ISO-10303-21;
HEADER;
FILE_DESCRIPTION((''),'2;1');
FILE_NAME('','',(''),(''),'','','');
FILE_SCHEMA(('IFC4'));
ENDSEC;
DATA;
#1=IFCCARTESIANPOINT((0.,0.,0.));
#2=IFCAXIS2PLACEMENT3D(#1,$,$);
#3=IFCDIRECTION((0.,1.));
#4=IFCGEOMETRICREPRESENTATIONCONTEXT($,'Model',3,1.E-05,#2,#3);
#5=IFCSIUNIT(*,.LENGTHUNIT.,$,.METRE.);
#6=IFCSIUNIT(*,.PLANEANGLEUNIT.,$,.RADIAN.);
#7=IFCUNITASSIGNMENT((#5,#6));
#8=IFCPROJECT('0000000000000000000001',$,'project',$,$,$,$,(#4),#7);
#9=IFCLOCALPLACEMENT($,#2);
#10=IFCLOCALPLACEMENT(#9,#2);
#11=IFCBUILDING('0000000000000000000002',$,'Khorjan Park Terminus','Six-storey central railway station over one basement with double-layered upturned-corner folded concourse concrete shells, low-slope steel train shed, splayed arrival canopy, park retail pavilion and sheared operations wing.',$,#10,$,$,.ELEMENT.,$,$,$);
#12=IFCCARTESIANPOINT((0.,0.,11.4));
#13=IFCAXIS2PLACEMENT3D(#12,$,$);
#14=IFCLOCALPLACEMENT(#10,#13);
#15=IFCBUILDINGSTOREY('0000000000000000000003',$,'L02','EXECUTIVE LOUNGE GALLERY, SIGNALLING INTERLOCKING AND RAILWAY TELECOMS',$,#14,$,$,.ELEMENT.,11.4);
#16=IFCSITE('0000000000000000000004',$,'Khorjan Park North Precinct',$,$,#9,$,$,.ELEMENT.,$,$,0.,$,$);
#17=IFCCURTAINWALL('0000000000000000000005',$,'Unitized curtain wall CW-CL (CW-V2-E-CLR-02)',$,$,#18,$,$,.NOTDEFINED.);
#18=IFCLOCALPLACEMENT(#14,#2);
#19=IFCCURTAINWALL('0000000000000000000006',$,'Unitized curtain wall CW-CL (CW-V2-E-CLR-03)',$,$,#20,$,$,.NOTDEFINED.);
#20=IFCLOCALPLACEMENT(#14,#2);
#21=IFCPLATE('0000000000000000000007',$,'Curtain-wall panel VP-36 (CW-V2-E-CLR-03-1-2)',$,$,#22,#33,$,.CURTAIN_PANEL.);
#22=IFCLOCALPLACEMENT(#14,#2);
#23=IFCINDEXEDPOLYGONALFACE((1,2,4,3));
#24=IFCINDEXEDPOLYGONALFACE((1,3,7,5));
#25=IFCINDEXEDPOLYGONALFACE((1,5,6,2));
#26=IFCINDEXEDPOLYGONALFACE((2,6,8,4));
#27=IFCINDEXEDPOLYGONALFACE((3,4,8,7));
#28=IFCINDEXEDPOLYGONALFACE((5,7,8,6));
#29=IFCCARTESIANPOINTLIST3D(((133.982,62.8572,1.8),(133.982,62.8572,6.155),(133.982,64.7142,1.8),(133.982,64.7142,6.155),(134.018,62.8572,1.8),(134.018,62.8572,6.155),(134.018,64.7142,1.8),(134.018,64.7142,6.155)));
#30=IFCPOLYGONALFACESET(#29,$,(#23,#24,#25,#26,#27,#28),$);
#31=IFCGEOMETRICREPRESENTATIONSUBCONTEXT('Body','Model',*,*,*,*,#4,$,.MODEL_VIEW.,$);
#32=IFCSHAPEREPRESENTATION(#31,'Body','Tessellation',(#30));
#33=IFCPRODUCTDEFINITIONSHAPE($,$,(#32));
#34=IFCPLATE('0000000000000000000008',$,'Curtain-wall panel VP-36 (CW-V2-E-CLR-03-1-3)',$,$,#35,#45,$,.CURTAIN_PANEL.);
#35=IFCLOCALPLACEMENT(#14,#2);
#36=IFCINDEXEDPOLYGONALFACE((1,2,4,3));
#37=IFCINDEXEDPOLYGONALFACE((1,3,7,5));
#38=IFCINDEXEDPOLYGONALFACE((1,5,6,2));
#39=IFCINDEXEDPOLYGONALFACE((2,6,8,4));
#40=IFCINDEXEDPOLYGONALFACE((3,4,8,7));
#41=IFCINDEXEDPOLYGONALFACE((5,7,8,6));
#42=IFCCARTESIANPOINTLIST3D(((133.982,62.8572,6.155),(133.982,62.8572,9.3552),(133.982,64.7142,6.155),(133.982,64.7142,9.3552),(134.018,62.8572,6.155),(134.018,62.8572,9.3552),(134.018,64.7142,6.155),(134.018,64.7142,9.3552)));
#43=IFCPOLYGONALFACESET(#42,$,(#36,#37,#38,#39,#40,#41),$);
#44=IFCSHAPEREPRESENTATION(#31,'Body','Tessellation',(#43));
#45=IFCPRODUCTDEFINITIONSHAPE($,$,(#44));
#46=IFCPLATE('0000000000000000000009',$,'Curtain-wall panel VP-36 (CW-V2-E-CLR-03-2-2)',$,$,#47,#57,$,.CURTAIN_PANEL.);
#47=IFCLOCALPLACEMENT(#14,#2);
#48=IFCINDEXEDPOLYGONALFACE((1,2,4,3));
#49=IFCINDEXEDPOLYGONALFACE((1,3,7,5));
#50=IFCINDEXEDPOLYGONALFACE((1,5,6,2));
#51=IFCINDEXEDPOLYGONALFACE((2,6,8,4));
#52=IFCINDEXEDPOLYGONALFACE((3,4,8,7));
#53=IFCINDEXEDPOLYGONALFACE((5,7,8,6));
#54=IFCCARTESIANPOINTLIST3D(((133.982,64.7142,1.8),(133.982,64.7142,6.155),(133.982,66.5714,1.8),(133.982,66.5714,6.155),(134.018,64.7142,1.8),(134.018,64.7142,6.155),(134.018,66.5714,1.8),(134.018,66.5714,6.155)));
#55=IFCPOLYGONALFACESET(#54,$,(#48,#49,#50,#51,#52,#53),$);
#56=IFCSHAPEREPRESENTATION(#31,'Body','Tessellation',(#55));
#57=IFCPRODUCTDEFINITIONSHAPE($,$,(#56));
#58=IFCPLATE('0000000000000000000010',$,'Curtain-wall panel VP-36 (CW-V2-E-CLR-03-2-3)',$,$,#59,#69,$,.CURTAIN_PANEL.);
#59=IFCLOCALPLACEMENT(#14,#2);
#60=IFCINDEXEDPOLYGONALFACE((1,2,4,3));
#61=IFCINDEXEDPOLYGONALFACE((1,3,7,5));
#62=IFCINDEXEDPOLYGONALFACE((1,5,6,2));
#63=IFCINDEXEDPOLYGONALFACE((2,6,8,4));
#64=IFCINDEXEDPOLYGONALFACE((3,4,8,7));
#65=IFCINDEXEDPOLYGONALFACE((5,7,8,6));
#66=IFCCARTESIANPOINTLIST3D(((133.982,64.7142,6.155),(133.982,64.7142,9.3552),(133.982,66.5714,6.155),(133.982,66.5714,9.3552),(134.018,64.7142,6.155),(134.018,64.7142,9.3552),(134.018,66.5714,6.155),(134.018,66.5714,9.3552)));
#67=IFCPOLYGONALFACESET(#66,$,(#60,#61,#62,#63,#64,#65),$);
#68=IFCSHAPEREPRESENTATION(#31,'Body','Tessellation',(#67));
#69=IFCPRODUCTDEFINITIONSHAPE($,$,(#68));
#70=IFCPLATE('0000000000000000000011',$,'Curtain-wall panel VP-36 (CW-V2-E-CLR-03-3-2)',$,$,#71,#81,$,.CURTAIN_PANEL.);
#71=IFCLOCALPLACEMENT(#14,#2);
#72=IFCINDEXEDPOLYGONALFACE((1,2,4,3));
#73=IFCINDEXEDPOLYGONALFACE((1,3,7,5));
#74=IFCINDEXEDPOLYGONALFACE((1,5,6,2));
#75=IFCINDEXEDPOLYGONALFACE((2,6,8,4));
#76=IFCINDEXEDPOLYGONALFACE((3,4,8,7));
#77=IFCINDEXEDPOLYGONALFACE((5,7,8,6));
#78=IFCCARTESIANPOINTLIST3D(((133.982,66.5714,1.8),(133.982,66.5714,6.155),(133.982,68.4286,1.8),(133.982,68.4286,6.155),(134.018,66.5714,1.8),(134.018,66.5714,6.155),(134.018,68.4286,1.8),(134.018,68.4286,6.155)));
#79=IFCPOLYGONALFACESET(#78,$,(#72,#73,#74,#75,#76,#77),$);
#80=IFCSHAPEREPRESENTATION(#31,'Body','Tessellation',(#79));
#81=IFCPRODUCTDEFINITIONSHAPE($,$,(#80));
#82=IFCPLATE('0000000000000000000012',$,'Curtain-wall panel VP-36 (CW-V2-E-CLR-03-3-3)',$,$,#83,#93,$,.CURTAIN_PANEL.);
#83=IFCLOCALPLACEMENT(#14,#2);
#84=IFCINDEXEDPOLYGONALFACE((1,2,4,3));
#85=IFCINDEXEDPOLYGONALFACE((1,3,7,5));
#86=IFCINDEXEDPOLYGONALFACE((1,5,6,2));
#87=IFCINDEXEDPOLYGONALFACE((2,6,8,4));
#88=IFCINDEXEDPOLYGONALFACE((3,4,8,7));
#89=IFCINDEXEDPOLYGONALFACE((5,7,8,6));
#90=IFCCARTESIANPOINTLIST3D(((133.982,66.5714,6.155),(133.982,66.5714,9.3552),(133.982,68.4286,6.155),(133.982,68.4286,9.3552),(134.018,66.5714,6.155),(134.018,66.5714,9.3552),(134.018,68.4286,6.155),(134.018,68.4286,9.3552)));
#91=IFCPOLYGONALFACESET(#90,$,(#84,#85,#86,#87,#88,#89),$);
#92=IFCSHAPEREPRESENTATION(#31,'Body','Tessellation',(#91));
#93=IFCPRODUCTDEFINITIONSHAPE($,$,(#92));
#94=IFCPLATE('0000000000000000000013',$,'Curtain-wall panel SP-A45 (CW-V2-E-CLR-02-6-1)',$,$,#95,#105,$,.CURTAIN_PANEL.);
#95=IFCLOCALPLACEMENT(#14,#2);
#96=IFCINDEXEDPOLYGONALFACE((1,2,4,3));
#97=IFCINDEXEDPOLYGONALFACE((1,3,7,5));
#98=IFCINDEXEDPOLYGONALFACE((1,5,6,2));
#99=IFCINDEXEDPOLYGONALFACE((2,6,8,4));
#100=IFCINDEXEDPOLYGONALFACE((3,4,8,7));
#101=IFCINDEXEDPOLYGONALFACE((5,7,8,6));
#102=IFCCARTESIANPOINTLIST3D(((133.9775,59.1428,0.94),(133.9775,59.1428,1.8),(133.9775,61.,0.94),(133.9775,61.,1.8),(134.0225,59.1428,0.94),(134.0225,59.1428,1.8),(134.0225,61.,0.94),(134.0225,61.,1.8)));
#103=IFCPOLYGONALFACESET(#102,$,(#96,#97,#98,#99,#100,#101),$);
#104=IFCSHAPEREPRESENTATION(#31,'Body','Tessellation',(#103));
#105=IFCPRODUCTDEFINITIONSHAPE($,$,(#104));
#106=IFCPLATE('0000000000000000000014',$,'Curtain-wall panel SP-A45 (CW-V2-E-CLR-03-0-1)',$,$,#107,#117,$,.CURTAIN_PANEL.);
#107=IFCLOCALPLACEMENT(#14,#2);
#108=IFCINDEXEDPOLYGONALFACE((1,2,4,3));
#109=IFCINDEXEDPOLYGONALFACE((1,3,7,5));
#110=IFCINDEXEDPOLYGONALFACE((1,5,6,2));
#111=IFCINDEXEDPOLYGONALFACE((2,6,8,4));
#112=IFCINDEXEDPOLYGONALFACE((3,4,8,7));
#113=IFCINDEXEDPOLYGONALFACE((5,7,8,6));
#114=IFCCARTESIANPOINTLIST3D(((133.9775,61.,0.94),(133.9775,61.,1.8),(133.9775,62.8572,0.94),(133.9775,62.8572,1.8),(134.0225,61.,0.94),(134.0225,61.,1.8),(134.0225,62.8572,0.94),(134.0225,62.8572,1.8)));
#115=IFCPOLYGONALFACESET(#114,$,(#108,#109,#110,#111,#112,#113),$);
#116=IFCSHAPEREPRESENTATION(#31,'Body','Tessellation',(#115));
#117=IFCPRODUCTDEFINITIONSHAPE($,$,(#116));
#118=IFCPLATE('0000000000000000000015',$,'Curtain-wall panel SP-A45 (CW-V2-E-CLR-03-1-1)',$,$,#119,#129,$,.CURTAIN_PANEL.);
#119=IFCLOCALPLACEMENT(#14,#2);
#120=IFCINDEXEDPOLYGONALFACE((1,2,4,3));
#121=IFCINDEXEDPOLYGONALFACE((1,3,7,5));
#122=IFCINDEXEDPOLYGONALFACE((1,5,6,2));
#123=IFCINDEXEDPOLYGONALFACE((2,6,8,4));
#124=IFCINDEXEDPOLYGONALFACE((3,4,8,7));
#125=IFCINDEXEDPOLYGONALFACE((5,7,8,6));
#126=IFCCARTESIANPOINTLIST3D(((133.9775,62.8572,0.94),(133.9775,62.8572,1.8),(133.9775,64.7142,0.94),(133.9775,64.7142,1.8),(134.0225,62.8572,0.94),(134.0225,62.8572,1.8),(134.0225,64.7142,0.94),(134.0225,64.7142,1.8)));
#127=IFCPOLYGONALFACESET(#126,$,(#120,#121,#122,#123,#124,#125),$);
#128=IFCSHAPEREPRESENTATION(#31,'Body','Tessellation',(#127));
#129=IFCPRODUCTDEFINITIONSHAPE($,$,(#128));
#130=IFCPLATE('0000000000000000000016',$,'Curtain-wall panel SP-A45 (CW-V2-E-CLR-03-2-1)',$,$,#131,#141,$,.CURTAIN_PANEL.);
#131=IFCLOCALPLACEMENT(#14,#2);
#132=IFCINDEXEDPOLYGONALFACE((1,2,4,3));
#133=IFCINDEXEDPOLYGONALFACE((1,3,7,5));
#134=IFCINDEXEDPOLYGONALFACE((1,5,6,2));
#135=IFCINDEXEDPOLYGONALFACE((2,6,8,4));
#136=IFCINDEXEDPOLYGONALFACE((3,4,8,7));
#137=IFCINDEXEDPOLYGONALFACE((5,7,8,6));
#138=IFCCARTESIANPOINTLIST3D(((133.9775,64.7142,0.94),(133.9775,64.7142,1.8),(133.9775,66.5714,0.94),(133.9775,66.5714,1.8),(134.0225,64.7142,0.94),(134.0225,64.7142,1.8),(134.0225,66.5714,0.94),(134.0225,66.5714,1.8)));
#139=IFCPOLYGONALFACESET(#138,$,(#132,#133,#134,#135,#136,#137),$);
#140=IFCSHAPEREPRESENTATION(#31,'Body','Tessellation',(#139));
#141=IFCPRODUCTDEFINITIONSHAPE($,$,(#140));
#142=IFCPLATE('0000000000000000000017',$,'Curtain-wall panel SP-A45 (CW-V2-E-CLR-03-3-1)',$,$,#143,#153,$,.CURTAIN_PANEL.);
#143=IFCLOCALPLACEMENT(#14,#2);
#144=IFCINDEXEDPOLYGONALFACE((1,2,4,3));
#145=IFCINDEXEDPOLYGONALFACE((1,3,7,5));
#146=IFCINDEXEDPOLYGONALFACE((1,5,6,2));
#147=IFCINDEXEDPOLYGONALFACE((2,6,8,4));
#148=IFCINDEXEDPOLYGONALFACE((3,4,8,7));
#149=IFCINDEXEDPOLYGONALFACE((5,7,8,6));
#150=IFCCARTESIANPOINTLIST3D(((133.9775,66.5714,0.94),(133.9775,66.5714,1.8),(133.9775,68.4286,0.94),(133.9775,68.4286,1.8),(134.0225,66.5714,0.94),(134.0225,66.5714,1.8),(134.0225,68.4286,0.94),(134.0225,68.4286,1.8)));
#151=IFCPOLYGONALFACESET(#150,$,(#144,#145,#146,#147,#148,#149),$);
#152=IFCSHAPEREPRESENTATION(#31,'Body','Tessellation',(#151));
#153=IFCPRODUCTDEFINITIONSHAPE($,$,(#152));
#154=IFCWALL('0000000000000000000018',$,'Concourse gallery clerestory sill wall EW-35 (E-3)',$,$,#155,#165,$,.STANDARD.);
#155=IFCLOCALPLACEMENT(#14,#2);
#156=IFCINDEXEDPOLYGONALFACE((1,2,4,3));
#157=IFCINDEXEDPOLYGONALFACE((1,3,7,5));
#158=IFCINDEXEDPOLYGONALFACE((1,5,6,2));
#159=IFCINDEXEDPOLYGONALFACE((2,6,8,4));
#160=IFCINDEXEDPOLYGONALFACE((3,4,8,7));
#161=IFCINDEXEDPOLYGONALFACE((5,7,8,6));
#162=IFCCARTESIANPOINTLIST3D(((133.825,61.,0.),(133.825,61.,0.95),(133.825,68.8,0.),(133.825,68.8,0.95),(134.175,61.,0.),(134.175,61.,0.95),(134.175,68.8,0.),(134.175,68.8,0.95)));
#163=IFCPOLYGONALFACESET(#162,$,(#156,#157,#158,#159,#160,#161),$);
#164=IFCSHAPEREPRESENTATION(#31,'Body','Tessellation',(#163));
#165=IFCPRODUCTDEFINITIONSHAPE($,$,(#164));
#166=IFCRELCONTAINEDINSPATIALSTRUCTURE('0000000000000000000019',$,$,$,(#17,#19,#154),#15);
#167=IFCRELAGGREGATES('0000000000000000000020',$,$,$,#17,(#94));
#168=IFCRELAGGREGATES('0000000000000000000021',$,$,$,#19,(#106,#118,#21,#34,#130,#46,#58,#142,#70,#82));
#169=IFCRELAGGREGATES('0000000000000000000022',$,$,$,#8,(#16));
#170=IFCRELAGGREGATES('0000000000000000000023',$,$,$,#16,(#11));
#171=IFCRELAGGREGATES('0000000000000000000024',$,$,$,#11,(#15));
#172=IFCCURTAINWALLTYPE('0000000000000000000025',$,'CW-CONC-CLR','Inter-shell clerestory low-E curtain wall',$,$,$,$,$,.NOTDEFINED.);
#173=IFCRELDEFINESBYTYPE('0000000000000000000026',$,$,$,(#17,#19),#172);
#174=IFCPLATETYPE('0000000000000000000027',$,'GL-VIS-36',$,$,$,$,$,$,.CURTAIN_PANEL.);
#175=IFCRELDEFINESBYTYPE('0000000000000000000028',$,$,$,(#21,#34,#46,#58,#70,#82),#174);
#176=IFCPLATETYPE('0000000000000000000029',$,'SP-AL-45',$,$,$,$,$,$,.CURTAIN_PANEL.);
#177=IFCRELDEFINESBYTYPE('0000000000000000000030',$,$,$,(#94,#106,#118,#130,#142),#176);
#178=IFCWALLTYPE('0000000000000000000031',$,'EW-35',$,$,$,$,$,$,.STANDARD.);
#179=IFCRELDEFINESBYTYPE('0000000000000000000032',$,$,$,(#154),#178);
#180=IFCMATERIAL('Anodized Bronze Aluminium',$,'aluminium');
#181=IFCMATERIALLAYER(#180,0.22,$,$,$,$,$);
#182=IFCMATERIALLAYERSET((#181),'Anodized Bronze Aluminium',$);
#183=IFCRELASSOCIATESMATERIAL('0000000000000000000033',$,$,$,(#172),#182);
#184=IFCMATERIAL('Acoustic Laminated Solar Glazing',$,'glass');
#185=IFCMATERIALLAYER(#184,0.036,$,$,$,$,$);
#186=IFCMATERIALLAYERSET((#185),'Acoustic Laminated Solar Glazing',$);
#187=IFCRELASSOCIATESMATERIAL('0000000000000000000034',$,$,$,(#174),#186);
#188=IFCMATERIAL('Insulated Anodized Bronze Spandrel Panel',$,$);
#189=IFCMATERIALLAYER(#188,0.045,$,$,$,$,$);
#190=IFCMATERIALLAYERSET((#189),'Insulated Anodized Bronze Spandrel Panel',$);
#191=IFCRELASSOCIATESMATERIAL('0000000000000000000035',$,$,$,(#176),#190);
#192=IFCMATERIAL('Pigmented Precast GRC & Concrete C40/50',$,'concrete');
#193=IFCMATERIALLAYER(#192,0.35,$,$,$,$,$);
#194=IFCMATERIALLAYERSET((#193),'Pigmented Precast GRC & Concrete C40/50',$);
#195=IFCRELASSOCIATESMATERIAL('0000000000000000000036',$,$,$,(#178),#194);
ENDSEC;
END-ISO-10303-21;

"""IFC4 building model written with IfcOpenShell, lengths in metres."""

from ifc_helpers import new_model, si_unit, direction, frame, frame_2d, origin, origin_2d, place, context, subcontext, project, spatial, rectangle, extrude, material, layer, layer_set, type_object, element, aggregate, save


model = new_model("IFC4")

# Units and contexts
model_context = context("Model", 3, precision=1e-05, world=origin(), true_north=direction((0.0, 1.0)))
body_context = subcontext(model_context, "Body", "Model", "MODEL_VIEW")
ifc_project = project(units=[si_unit("LENGTHUNIT", "METRE"), si_unit("PLANEANGLEUNIT", "RADIAN")], contexts=[model_context])

# Site, building, storey
site_placement = place(None, origin())
site = spatial("IfcSite", under=ifc_project, at=site_placement, Name="Khorjan Park North Precinct", CompositionType="ELEMENT", RefElevation=0.0)
building_placement = place(site_placement, origin())
building = spatial("IfcBuilding", under=site, at=building_placement, Name="Khorjan Park Terminus", Description="Six-storey central railway station over one basement with double-layered upturned-corner folded concourse concrete shells, low-slope steel train shed, splayed arrival canopy, park retail pavilion and sheared operations wing.", CompositionType="ELEMENT")
storey_placement = place(building_placement, frame((0.0, 0.0, 11.4)))
storey = spatial("IfcBuildingStorey", under=building, at=storey_placement, Name="L02", Description="EXECUTIVE LOUNGE GALLERY, SIGNALLING INTERLOCKING AND RAILWAY TELECOMS", CompositionType="ELEMENT", Elevation=11.4)

# Curtain wall
ifc_material_1 = material(Name="Anodized Bronze Aluminium", Category="aluminium")
ifc_layer_1 = layer(ifc_material_1, 0.22)
ifc_layer_set_1 = layer_set([ifc_layer_1], Name="Anodized Bronze Aluminium")
curtain_wall_type = type_object("IfcCurtainWallType", Name="CW-CONC-CLR", Description="Inter-shell clerestory low-E curtain wall", PredefinedType="NOTDEFINED", material=ifc_layer_set_1)
curtain_wall_1_placement = place(storey_placement, origin())
curtain_wall_1 = element("IfcCurtainWall", 1, at=curtain_wall_1_placement, inside=storey, type_object=curtain_wall_type, Name="Unitized curtain wall CW-CL (CW-V2-E-CLR-02)", PredefinedType="NOTDEFINED")

# Curtain wall
curtain_wall_2_placement = place(storey_placement, origin())
curtain_wall_2 = element("IfcCurtainWall", 2, at=curtain_wall_2_placement, inside=storey, type_object=curtain_wall_type, Name="Unitized curtain wall CW-CL (CW-V2-E-CLR-03)", PredefinedType="NOTDEFINED")

# Plates
ifc_material_2 = material(Name="Acoustic Laminated Solar Glazing", Category="glass")
ifc_layer_2 = layer(ifc_material_2, 0.036)
ifc_layer_set_2 = layer_set([ifc_layer_2], Name="Acoustic Laminated Solar Glazing")
plate_type_1 = type_object("IfcPlateType", Name="GL-VIS-36", PredefinedType="CURTAIN_PANEL", material=ifc_layer_set_2)
plate_1_placement = place(storey_placement, frame((134.0, 63.7857, 1.8), z_axis=(0.0, 0.0, 1.0), x_axis=(0.0, 1.0, 0.0)))
plate_1 = element("IfcPlate", 3, at=plate_1_placement, type_object=plate_type_1, Name="Curtain-wall panel VP-36 (CW-V2-E-CLR-03-1-2)", PredefinedType="CURTAIN_PANEL", context=body_context, shape_type="SweptSolid", body=[
    extrude(rectangle(XDim=1.8571, YDim=0.036, at=origin_2d()), origin(), (0.0, 0.0, 1.0), 4.355),
])
plate_2_placement = place(storey_placement, frame((134.0, 63.7857, 6.155), z_axis=(0.0, 0.0, 1.0), x_axis=(0.0, 1.0, 0.0)))
plate_2 = element("IfcPlate", 4, at=plate_2_placement, type_object=plate_type_1, Name="Curtain-wall panel VP-36 (CW-V2-E-CLR-03-1-3)", PredefinedType="CURTAIN_PANEL", context=body_context, shape_type="SweptSolid", body=[
    extrude(rectangle(XDim=1.8571, YDim=0.036, at=origin_2d()), origin(), (0.0, 0.0, 1.0), 3.2002),
])
plate_3_placement = place(storey_placement, frame((134.0, 65.6428, 1.8), z_axis=(0.0, 0.0, 1.0), x_axis=(0.0, 1.0, 0.0)))
plate_3 = element("IfcPlate", 5, at=plate_3_placement, type_object=plate_type_1, Name="Curtain-wall panel VP-36 (CW-V2-E-CLR-03-2-2)", PredefinedType="CURTAIN_PANEL", context=body_context, shape_type="SweptSolid", body=[
    extrude(rectangle(XDim=1.8571, YDim=0.036, at=origin_2d()), origin(), (0.0, 0.0, 1.0), 4.355),
])
plate_4_placement = place(storey_placement, frame((134.0, 65.6428, 6.155), z_axis=(0.0, 0.0, 1.0), x_axis=(0.0, 1.0, 0.0)))
plate_4 = element("IfcPlate", 6, at=plate_4_placement, type_object=plate_type_1, Name="Curtain-wall panel VP-36 (CW-V2-E-CLR-03-2-3)", PredefinedType="CURTAIN_PANEL", context=body_context, shape_type="SweptSolid", body=[
    extrude(rectangle(XDim=1.8571, YDim=0.036, at=origin_2d()), origin(), (0.0, 0.0, 1.0), 3.2002),
])
plate_5_placement = place(storey_placement, frame((134.0, 67.5, 1.8), z_axis=(0.0, 0.0, 1.0), x_axis=(0.0, 1.0, 0.0)))
plate_5 = element("IfcPlate", 7, at=plate_5_placement, type_object=plate_type_1, Name="Curtain-wall panel VP-36 (CW-V2-E-CLR-03-3-2)", PredefinedType="CURTAIN_PANEL", context=body_context, shape_type="SweptSolid", body=[
    extrude(rectangle(XDim=1.8571, YDim=0.036, at=origin_2d()), origin(), (0.0, 0.0, 1.0), 4.355),
])
plate_6_placement = place(storey_placement, frame((134.0, 67.5, 6.155), z_axis=(0.0, 0.0, 1.0), x_axis=(0.0, 1.0, 0.0)))
plate_6 = element("IfcPlate", 8, at=plate_6_placement, type_object=plate_type_1, Name="Curtain-wall panel VP-36 (CW-V2-E-CLR-03-3-3)", PredefinedType="CURTAIN_PANEL", context=body_context, shape_type="SweptSolid", body=[
    extrude(rectangle(XDim=1.8571, YDim=0.036, at=origin_2d()), origin(), (0.0, 0.0, 1.0), 3.2002),
])
ifc_material_3 = material(Name="Insulated Anodized Bronze Spandrel Panel")
ifc_layer_3 = layer(ifc_material_3, 0.045)
ifc_layer_set_3 = layer_set([ifc_layer_3], Name="Insulated Anodized Bronze Spandrel Panel")
plate_type_2 = type_object("IfcPlateType", Name="SP-AL-45", PredefinedType="CURTAIN_PANEL", material=ifc_layer_set_3)
plate_7_placement = place(storey_placement, frame((134.0, 60.0714, 0.94), z_axis=(0.0, 0.0, 1.0), x_axis=(0.0, 1.0, 0.0)))
plate_7 = element("IfcPlate", 9, at=plate_7_placement, type_object=plate_type_2, Name="Curtain-wall panel SP-A45 (CW-V2-E-CLR-02-6-1)", PredefinedType="CURTAIN_PANEL", context=body_context, shape_type="SweptSolid", body=[
    extrude(rectangle(XDim=1.8571, YDim=0.045, at=origin_2d()), origin(), (0.0, 0.0, 1.0), 0.86),
])
aggregate(curtain_wall_1, [plate_7])
plate_8_placement = place(storey_placement, frame((134.0, 61.9286, 0.94), z_axis=(0.0, 0.0, 1.0), x_axis=(0.0, 1.0, 0.0)))
plate_8 = element("IfcPlate", 10, at=plate_8_placement, type_object=plate_type_2, Name="Curtain-wall panel SP-A45 (CW-V2-E-CLR-03-0-1)", PredefinedType="CURTAIN_PANEL", context=body_context, shape_type="SweptSolid", body=[
    extrude(rectangle(XDim=1.8571, YDim=0.045, at=origin_2d()), origin(), (0.0, 0.0, 1.0), 0.86),
])
plate_9_placement = place(storey_placement, frame((134.0, 63.7857, 0.94), z_axis=(0.0, 0.0, 1.0), x_axis=(0.0, 1.0, 0.0)))
plate_9 = element("IfcPlate", 11, at=plate_9_placement, type_object=plate_type_2, Name="Curtain-wall panel SP-A45 (CW-V2-E-CLR-03-1-1)", PredefinedType="CURTAIN_PANEL", context=body_context, shape_type="SweptSolid", body=[
    extrude(rectangle(XDim=1.8571, YDim=0.045, at=origin_2d()), origin(), (0.0, 0.0, 1.0), 0.86),
])
plate_10_placement = place(storey_placement, frame((134.0, 65.6428, 0.94), z_axis=(0.0, 0.0, 1.0), x_axis=(0.0, 1.0, 0.0)))
plate_10 = element("IfcPlate", 12, at=plate_10_placement, type_object=plate_type_2, Name="Curtain-wall panel SP-A45 (CW-V2-E-CLR-03-2-1)", PredefinedType="CURTAIN_PANEL", context=body_context, shape_type="SweptSolid", body=[
    extrude(rectangle(XDim=1.8571, YDim=0.045, at=origin_2d()), origin(), (0.0, 0.0, 1.0), 0.86),
])
plate_11_placement = place(storey_placement, frame((134.0, 67.5, 0.94), z_axis=(0.0, 0.0, 1.0), x_axis=(0.0, 1.0, 0.0)))
plate_11 = element("IfcPlate", 13, at=plate_11_placement, type_object=plate_type_2, Name="Curtain-wall panel SP-A45 (CW-V2-E-CLR-03-3-1)", PredefinedType="CURTAIN_PANEL", context=body_context, shape_type="SweptSolid", body=[
    extrude(rectangle(XDim=1.8571, YDim=0.045, at=origin_2d()), origin(), (0.0, 0.0, 1.0), 0.86),
])
aggregate(curtain_wall_2, [plate_8, plate_9, plate_1, plate_2, plate_10, plate_3, plate_4, plate_11, plate_5, plate_6])

# Wall
ifc_material_4 = material(Name="Pigmented Precast GRC & Concrete C40/50", Category="concrete")
ifc_layer_4 = layer(ifc_material_4, 0.35)
ifc_layer_set_4 = layer_set([ifc_layer_4], Name="Pigmented Precast GRC & Concrete C40/50")
wall_type = type_object("IfcWallType", Name="EW-35", PredefinedType="STANDARD", material=ifc_layer_set_4)
wall_placement = place(storey_placement, frame((134.0, 61.0, 0.0), z_axis=(0.0, 0.0, 1.0), x_axis=(0.0, 1.0, 0.0)))
element("IfcWall", 14, at=wall_placement, inside=storey, type_object=wall_type, Name="Concourse gallery clerestory sill wall EW-35 (E-3)", PredefinedType="STANDARD", context=body_context, shape_type="SweptSolid", body=[
    extrude(rectangle(XDim=7.8, YDim=0.35, at=frame_2d((3.9, 0.0))), origin(), (0.0, 0.0, 1.0), 0.95),
])

save(model, "model.ifc")
